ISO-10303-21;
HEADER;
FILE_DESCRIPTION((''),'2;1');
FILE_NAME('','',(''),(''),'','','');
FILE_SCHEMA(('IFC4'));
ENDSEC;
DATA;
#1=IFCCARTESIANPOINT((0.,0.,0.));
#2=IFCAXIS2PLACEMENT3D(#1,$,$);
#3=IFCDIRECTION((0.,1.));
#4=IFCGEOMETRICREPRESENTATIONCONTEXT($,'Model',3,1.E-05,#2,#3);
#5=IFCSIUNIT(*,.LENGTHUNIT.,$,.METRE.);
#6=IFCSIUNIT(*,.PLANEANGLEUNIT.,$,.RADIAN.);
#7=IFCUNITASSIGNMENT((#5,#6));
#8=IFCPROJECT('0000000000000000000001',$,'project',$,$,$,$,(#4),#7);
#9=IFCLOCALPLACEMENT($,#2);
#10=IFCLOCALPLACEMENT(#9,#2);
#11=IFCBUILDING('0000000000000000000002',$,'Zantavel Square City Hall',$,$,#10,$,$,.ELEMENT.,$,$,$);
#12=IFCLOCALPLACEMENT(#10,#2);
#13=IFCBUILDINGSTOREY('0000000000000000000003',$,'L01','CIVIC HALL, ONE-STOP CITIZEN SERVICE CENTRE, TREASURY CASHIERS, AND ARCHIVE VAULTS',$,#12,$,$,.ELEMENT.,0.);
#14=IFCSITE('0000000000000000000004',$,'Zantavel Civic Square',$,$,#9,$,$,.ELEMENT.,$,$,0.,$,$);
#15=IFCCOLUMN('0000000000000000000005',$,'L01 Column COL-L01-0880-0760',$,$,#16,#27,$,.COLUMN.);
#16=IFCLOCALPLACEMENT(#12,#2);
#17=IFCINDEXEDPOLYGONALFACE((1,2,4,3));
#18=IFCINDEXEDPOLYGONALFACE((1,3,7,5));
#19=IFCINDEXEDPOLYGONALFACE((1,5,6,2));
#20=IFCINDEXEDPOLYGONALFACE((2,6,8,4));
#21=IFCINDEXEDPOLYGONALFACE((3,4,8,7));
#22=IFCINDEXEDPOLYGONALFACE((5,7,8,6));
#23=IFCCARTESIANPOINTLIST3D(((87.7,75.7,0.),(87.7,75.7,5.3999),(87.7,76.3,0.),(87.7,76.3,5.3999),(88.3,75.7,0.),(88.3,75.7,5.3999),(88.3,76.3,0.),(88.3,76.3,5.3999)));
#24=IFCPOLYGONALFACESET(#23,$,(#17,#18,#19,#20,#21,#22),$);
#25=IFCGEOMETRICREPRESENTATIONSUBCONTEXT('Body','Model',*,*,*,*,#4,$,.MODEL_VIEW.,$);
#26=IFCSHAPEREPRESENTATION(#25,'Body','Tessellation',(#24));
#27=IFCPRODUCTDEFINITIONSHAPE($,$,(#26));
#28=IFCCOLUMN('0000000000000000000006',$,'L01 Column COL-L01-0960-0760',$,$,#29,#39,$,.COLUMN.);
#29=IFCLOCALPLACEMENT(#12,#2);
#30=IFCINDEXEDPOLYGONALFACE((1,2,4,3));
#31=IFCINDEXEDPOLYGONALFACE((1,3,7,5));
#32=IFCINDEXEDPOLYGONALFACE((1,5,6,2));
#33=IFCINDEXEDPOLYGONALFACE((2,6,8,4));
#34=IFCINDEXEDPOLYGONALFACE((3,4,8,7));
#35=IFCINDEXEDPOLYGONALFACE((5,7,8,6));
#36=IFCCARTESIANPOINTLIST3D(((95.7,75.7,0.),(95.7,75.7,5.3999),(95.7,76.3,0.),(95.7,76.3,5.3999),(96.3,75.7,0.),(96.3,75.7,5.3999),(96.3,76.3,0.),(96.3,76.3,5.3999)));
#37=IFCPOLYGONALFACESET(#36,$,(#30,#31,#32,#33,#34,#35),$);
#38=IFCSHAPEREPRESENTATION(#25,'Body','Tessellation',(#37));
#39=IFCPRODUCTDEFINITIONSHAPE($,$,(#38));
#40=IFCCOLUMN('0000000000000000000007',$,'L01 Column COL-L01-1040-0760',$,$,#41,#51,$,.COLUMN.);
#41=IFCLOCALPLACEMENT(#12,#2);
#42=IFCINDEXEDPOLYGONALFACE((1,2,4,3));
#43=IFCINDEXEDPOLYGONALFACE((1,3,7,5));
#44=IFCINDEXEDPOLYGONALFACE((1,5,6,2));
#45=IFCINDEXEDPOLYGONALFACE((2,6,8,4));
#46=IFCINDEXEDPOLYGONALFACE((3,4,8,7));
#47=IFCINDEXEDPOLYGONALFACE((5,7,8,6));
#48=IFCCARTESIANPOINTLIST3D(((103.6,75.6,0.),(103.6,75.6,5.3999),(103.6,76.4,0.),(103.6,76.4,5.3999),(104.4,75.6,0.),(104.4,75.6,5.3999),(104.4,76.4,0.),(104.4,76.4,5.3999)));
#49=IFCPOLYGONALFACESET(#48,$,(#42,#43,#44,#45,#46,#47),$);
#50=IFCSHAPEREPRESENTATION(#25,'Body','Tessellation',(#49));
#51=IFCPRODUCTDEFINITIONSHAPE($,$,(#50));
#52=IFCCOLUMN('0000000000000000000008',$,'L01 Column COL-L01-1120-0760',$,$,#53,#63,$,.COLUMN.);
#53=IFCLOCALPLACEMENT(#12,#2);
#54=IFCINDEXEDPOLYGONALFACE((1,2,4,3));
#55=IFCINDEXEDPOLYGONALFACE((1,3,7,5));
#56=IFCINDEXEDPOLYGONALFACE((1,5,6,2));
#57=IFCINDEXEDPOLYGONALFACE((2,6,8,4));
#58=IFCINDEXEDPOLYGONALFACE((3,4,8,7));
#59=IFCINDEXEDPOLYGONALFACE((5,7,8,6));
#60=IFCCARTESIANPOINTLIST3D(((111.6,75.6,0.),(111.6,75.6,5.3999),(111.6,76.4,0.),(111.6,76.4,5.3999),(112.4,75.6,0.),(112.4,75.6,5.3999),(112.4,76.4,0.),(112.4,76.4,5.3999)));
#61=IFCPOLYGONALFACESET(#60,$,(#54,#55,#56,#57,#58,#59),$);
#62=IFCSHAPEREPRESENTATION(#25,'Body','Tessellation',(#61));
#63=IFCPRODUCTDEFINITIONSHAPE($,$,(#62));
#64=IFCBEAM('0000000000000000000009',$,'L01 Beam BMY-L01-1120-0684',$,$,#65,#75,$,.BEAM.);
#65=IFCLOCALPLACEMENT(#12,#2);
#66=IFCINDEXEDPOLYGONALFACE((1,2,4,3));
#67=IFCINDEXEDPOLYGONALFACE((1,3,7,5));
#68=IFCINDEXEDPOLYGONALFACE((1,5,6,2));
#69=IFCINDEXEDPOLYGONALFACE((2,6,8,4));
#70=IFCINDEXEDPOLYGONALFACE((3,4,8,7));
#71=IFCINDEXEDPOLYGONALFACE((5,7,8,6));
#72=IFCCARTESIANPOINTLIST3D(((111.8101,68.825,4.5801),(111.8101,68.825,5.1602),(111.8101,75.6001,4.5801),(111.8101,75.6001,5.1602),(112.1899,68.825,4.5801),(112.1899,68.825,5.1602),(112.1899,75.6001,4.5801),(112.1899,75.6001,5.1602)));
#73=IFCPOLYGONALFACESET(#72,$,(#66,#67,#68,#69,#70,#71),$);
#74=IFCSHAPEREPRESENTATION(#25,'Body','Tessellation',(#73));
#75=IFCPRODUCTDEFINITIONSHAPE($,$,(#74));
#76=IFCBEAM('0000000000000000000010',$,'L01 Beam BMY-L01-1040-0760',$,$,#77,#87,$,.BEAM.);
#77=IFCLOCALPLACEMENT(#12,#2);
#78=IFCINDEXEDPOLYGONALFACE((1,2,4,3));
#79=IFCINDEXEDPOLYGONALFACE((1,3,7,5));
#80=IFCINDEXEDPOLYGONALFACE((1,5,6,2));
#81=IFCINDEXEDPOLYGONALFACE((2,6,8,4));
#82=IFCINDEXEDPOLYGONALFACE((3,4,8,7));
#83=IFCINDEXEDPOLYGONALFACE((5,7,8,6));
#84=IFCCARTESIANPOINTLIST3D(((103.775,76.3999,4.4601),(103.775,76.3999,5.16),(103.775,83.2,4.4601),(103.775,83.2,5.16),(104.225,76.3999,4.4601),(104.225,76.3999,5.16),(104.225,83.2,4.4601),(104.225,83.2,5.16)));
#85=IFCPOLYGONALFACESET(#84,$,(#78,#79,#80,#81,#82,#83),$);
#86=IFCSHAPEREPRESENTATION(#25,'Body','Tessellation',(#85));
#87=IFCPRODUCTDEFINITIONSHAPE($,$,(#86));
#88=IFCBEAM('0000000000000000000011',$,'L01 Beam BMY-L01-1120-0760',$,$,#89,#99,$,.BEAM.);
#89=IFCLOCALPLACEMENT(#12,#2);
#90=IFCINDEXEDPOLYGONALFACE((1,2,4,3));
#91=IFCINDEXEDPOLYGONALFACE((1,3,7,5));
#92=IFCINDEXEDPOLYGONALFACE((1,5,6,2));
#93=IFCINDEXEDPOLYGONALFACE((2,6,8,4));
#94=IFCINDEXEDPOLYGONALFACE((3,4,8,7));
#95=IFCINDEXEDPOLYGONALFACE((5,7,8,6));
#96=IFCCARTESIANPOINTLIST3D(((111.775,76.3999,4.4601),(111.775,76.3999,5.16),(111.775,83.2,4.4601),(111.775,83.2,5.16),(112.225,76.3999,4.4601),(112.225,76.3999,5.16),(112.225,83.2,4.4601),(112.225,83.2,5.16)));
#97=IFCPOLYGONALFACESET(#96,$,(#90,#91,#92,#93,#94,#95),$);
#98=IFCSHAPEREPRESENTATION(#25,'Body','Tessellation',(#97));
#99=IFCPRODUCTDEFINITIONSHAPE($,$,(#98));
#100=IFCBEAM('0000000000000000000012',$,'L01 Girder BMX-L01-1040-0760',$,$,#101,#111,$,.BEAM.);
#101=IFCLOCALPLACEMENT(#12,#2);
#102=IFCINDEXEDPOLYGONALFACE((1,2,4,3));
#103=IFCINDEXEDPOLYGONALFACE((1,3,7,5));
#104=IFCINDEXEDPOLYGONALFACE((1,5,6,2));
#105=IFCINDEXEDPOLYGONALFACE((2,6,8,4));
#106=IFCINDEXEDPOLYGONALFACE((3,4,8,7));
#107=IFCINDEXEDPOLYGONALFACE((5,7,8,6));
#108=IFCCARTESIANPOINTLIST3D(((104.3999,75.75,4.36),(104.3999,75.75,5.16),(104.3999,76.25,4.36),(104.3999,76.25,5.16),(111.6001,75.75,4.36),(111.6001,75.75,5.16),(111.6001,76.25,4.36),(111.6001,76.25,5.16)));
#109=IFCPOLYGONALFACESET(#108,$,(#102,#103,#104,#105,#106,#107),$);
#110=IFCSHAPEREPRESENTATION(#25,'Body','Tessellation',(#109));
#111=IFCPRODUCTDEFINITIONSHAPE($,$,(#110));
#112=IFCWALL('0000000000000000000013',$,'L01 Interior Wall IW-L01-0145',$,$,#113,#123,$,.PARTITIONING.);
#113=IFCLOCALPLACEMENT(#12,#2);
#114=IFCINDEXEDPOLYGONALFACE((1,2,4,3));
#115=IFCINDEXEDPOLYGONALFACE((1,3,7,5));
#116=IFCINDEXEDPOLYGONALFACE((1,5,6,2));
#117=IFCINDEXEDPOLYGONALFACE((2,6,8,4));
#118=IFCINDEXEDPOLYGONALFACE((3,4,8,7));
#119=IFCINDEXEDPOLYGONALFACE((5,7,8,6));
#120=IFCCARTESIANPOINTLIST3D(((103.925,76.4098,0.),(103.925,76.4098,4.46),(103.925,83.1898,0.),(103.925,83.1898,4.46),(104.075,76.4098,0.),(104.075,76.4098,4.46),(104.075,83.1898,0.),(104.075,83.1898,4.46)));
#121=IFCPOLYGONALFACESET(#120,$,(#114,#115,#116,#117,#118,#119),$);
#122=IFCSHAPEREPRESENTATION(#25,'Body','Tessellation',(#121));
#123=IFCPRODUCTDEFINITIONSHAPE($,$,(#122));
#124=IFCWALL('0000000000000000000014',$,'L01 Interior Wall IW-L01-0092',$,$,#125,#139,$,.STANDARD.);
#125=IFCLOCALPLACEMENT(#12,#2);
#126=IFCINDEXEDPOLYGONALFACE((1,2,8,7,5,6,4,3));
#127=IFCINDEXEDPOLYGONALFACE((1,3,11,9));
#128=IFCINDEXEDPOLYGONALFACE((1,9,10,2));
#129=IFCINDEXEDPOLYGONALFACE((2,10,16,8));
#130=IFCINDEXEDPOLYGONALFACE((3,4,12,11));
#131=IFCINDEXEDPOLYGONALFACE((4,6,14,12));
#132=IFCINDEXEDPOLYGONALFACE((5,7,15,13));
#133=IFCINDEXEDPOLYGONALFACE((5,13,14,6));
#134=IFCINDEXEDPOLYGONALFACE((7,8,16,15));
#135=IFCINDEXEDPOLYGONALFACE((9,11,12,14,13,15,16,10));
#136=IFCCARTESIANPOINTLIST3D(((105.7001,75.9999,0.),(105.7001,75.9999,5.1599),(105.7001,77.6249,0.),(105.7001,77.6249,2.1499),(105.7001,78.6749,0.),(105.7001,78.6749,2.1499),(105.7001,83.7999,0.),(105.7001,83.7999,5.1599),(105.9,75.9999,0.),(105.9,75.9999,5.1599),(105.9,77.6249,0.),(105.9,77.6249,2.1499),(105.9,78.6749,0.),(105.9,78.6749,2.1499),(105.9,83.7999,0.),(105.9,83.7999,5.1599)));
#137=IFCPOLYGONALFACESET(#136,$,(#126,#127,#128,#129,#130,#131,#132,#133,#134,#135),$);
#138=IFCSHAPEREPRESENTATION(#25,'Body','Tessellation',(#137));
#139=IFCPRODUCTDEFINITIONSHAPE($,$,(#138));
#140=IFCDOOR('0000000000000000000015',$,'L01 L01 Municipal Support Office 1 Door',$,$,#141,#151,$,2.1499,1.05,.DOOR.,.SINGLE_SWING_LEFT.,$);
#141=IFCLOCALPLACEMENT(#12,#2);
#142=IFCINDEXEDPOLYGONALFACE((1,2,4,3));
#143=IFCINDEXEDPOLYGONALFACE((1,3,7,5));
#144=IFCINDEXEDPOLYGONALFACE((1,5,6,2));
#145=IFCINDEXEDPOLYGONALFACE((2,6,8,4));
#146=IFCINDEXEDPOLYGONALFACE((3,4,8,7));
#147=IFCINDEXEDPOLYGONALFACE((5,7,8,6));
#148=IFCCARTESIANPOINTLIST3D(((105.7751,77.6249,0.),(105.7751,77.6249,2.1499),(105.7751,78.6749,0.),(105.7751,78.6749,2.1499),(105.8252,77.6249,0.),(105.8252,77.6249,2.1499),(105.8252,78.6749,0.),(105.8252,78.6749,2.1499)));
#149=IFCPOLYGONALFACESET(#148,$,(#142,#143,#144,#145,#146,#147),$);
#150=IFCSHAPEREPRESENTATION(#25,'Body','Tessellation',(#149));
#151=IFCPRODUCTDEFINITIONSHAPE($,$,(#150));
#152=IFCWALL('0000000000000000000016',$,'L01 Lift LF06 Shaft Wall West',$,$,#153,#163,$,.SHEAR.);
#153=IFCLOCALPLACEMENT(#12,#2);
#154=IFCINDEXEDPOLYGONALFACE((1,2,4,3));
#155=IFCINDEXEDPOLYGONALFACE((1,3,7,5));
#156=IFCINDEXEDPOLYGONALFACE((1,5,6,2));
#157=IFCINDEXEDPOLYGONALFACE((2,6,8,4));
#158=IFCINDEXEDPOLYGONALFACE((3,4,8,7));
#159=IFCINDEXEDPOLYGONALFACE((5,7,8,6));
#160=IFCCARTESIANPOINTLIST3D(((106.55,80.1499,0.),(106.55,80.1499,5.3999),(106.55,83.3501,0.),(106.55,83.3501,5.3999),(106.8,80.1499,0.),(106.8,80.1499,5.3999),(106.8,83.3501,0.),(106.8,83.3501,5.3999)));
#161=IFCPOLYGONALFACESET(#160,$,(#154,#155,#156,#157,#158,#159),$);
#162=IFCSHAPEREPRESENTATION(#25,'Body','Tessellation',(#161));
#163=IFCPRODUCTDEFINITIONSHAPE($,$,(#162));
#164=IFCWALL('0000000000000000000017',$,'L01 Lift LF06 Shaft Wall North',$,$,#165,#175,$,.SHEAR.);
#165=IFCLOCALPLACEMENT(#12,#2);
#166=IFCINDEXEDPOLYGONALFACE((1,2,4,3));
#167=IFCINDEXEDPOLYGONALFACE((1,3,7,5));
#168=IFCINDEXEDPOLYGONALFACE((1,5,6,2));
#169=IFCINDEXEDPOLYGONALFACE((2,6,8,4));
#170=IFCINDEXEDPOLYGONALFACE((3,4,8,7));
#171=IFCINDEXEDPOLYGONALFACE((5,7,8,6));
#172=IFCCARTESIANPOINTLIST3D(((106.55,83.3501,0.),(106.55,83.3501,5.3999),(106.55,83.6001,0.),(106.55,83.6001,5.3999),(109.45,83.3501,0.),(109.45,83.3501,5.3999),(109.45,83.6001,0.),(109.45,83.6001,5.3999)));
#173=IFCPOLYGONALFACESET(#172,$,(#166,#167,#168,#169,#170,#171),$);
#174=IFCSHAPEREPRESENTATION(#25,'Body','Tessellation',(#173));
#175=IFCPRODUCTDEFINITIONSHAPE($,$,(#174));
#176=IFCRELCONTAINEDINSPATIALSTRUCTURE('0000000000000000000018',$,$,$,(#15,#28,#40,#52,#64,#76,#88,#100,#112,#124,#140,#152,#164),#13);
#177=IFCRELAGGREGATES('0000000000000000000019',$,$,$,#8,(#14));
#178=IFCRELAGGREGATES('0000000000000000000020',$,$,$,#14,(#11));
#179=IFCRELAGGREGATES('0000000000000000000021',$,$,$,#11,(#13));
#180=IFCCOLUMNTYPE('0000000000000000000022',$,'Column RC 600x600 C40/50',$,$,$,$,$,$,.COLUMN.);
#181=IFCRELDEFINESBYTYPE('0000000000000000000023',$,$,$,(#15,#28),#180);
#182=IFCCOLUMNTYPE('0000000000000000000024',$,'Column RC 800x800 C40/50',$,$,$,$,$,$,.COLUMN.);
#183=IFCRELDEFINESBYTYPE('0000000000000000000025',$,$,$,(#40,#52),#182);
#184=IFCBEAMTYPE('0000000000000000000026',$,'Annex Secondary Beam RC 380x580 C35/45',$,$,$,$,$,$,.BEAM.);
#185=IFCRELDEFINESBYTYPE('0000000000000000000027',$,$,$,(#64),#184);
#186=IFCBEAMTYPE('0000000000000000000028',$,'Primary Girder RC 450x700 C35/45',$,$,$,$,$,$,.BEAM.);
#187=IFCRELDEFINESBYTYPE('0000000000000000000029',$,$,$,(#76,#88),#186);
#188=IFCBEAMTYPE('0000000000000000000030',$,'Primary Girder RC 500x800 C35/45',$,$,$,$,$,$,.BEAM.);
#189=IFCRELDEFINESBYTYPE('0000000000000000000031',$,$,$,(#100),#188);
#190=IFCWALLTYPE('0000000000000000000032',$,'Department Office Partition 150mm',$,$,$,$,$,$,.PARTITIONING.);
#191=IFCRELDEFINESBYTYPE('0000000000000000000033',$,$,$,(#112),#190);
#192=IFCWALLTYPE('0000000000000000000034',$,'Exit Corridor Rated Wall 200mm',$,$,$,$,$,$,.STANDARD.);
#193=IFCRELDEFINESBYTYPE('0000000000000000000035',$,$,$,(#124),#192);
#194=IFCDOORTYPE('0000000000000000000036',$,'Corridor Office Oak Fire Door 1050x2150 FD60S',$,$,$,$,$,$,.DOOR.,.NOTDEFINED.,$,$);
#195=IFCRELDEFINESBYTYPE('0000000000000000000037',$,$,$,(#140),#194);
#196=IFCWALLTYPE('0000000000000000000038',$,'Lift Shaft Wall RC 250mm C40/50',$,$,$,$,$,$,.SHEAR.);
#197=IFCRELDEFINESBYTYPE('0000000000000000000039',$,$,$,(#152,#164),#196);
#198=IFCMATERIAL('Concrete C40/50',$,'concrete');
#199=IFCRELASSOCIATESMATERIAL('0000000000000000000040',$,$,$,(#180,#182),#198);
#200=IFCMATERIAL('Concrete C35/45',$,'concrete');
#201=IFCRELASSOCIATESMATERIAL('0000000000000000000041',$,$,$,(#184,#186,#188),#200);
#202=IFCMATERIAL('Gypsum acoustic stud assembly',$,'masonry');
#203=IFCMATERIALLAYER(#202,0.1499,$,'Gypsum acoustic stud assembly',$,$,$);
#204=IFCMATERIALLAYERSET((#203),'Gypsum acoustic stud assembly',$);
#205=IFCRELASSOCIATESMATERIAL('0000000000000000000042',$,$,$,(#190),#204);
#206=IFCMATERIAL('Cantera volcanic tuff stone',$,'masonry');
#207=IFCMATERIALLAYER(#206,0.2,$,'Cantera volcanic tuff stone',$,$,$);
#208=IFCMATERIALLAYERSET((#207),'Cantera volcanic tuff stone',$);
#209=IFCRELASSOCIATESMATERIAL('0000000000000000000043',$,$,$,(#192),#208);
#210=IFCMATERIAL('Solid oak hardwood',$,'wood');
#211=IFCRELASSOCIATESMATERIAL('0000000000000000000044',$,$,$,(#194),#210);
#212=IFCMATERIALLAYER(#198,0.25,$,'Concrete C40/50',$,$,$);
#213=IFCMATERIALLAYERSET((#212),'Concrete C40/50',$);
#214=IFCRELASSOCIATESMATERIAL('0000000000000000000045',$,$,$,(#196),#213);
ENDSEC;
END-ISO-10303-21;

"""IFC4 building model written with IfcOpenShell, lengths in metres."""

from ifc_helpers import new_model, si_unit, direction, frame, frame_2d, origin, origin_2d, place, context, subcontext, project, spatial, rectangle, extrude, material, layer, layer_set, material_profile, profile_set, type_object, element, fill, save


model = new_model("IFC4")

# Units and contexts
model_context = context("Model", 3, precision=1e-05, world=origin(), true_north=direction((0.0, 1.0)))
body_context = subcontext(model_context, "Body", "Model", "MODEL_VIEW")
ifc_project = project(units=[si_unit("LENGTHUNIT", "METRE"), si_unit("PLANEANGLEUNIT", "RADIAN")], contexts=[model_context])

# Site, building, storey
site_placement = place(None, origin())
site = spatial("IfcSite", under=ifc_project, at=site_placement, Name="Zantavel Civic Square", CompositionType="ELEMENT", RefElevation=0.0)
building_placement = place(site_placement, origin())
building = spatial("IfcBuilding", under=site, at=building_placement, Name="Zantavel Square City Hall", CompositionType="ELEMENT")
storey_placement = place(building_placement, origin())
storey = spatial("IfcBuildingStorey", under=building, at=storey_placement, Name="L01", Description="CIVIC HALL, ONE-STOP CITIZEN SERVICE CENTRE, TREASURY CASHIERS, AND ARCHIVE VAULTS", CompositionType="ELEMENT", Elevation=0.0)

# Columns
ifc_material_1 = material(Name="Concrete C40/50", Category="concrete")
ifc_material_profile_1 = material_profile(ifc_material_1, rectangle(XDim=0.6001, YDim=0.6001, at=origin_2d()), Name="RC 600x600")
ifc_profile_set_1 = profile_set([ifc_material_profile_1], Name="Concrete C40/50")
column_type_1 = type_object("IfcColumnType", Name="Column RC 600x600 C40/50", PredefinedType="COLUMN", material=ifc_profile_set_1)
for number, where, z_axis, x_axis, name in (
    (1, (88.0, 76.0, 0.0), (0.0, 0.0, 1.0), (1.0, 0.0, 0.0), "L01 Column COL-L01-0880-0760"),
    (2, (96.0, 76.0, 0.0), (0.0, 0.0, 1.0), (1.0, 0.0, 0.0), "L01 Column COL-L01-0960-0760"),
):
    element("IfcColumn", number, at=place(storey_placement, frame(where, z_axis=z_axis, x_axis=x_axis)), inside=storey, type_object=column_type_1, Name=name, PredefinedType="COLUMN", context=body_context, shape_type="SweptSolid", body=[
        extrude(rectangle(XDim=0.6001, YDim=0.6001, at=origin_2d()), origin(), (0.0, 0.0, 1.0), 5.3999),
    ])
ifc_material_profile_2 = material_profile(ifc_material_1, rectangle(XDim=0.8, YDim=0.8, at=origin_2d()), Name="RC 800x800")
ifc_profile_set_2 = profile_set([ifc_material_profile_2], Name="Concrete C40/50")
column_type_2 = type_object("IfcColumnType", Name="Column RC 800x800 C40/50", PredefinedType="COLUMN", material=ifc_profile_set_2)
for number, where, z_axis, x_axis, name in (
    (3, (104.0, 76.0, 0.0), (0.0, 0.0, 1.0), (1.0, 0.0, 0.0), "L01 Column COL-L01-1040-0760"),
    (4, (112.0, 76.0, 0.0), (0.0, 0.0, 1.0), (1.0, 0.0, 0.0), "L01 Column COL-L01-1120-0760"),
):
    element("IfcColumn", number, at=place(storey_placement, frame(where, z_axis=z_axis, x_axis=x_axis)), inside=storey, type_object=column_type_2, Name=name, PredefinedType="COLUMN", context=body_context, shape_type="SweptSolid", body=[
        extrude(rectangle(XDim=0.8, YDim=0.8, at=origin_2d()), origin(), (0.0, 0.0, 1.0), 5.3999),
    ])

# Beams
ifc_material_2 = material(Name="Concrete C35/45", Category="concrete")
ifc_material_profile_3 = material_profile(ifc_material_2, rectangle(XDim=0.3799, YDim=0.5801, at=origin_2d()), Name="RC 380x580")
ifc_profile_set_3 = profile_set([ifc_material_profile_3], Name="Concrete C35/45")
beam_type_1 = type_object("IfcBeamType", Name="Annex Secondary Beam RC 380x580 C35/45", PredefinedType="BEAM", material=ifc_profile_set_3)
beam_1_placement = place(storey_placement, frame((112.0, 68.825, 4.8701), z_axis=(0.0, 1.0, 0.0), x_axis=(-1.0, 0.0, 0.0)))
element("IfcBeam", 5, at=beam_1_placement, inside=storey, type_object=beam_type_1, Name="L01 Beam BMY-L01-1120-0684", PredefinedType="BEAM", context=body_context, shape_type="SweptSolid", body=[
    extrude(rectangle(XDim=0.3799, YDim=0.5801, at=origin_2d()), origin(), (0.0, 0.0, 1.0), 6.7751),
])
ifc_material_profile_4 = material_profile(ifc_material_2, rectangle(XDim=0.45, YDim=0.7, at=origin_2d()), Name="RC 450x700")
ifc_profile_set_4 = profile_set([ifc_material_profile_4], Name="Concrete C35/45")
beam_type_2 = type_object("IfcBeamType", Name="Primary Girder RC 450x700 C35/45", PredefinedType="BEAM", material=ifc_profile_set_4)
for number, where, z_axis, x_axis, name in (
    (6, (104.0, 76.3999, 4.8101), (0.0, 1.0, 0.0), (-1.0, 0.0, 0.0), "L01 Beam BMY-L01-1040-0760"),
    (7, (112.0, 76.3999, 4.8101), (0.0, 1.0, 0.0), (-1.0, 0.0, 0.0), "L01 Beam BMY-L01-1120-0760"),
):
    element("IfcBeam", number, at=place(storey_placement, frame(where, z_axis=z_axis, x_axis=x_axis)), inside=storey, type_object=beam_type_2, Name=name, PredefinedType="BEAM", context=body_context, shape_type="SweptSolid", body=[
        extrude(rectangle(XDim=0.45, YDim=0.7, at=origin_2d()), origin(), (0.0, 0.0, 1.0), 6.8),
    ])
ifc_material_profile_5 = material_profile(ifc_material_2, rectangle(XDim=0.5, YDim=0.8, at=origin_2d()), Name="RC 500x800")
ifc_profile_set_5 = profile_set([ifc_material_profile_5], Name="Concrete C35/45")
beam_type_3 = type_object("IfcBeamType", Name="Primary Girder RC 500x800 C35/45", PredefinedType="BEAM", material=ifc_profile_set_5)
beam_2_placement = place(storey_placement, frame((104.3999, 76.0, 4.76), z_axis=(1.0, 0.0, 0.0), x_axis=(0.0, 1.0, 0.0)))
element("IfcBeam", 8, at=beam_2_placement, inside=storey, type_object=beam_type_3, Name="L01 Girder BMX-L01-1040-0760", PredefinedType="BEAM", context=body_context, shape_type="SweptSolid", body=[
    extrude(rectangle(XDim=0.5, YDim=0.8, at=origin_2d()), origin(), (0.0, 0.0, 1.0), 7.2002),
])

# Wall
ifc_material_3 = material(Name="Gypsum acoustic stud assembly", Category="masonry")
ifc_layer_1 = layer(ifc_material_3, 0.1499, Name="Gypsum acoustic stud assembly")
ifc_layer_set_1 = layer_set([ifc_layer_1], Name="Gypsum acoustic stud assembly")
wall_type_1 = type_object("IfcWallType", Name="Department Office Partition 150mm", PredefinedType="PARTITIONING", material=ifc_layer_set_1)
wall_1_placement = place(storey_placement, frame((104.0, 83.1899, 0.0), z_axis=(0.0, 0.0, 1.0), x_axis=(0.0, -1.0, 0.0)))
element("IfcWall", 9, at=wall_1_placement, inside=storey, type_object=wall_type_1, Name="L01 Interior Wall IW-L01-0145", PredefinedType="PARTITIONING", context=body_context, shape_type="SweptSolid", body=[
    extrude(rectangle(XDim=6.78, YDim=0.1499, at=frame_2d((3.3901, 0.0))), origin(), (0.0, 0.0, 1.0), 4.46),
])

# Wall, opening, door
ifc_material_4 = material(Name="Cantera volcanic tuff stone", Category="masonry")
ifc_layer_2 = layer(ifc_material_4, 0.2, Name="Cantera volcanic tuff stone")
ifc_layer_set_2 = layer_set([ifc_layer_2], Name="Cantera volcanic tuff stone")
wall_type_2 = type_object("IfcWallType", Name="Exit Corridor Rated Wall 200mm", PredefinedType="STANDARD", material=ifc_layer_set_2)
wall_2_placement = place(storey_placement, frame((105.8, 76.0, 0.0), z_axis=(0.0, 0.0, 1.0), x_axis=(0.0, 1.0, 0.0)))
wall_2 = element("IfcWall", 10, at=wall_2_placement, inside=storey, type_object=wall_type_2, Name="L01 Interior Wall IW-L01-0092", PredefinedType="STANDARD", context=body_context, shape_type="SweptSolid", body=[
    extrude(rectangle(XDim=7.8, YDim=0.2, at=frame_2d((3.8999, 0.0))), origin(), (0.0, 0.0, 1.0), 5.1599),
])
opening_1_placement = place(wall_2_placement, frame((1.625, 0.0, 0.0)))
opening_1 = element("IfcOpeningElement", 11, at=opening_1_placement, cuts=wall_2, PredefinedType="OPENING", context=body_context, shape_type="SweptSolid", body=[
    extrude(rectangle(XDim=1.05, YDim=2.1499, at=frame_2d((0.5249, 1.075))), frame((0.0, 0.1099, 0.0), z_axis=(0.0, -1.0, 0.0), x_axis=(1.0, 0.0, 0.0)), (0.0, 0.0, 1.0), 0.22),
])
ifc_material_5 = material(Name="Solid oak hardwood", Category="wood")
door_type_1 = type_object("IfcDoorType", Name="Corridor Office Oak Fire Door 1050x2150 FD60S", OperationType="NOTDEFINED", PredefinedType="DOOR", material=ifc_material_5)
door_1_placement = place(opening_1_placement, origin())
door_1 = element("IfcDoor", 12, at=door_1_placement, inside=storey, type_object=door_type_1, Name="L01 L01 Municipal Support Office 1 Door", OperationType="SINGLE_SWING_LEFT", OverallHeight=2.1499, OverallWidth=1.05, PredefinedType="DOOR", context=body_context, shape_type="SweptSolid", body=[
    extrude(rectangle(XDim=1.05, YDim=2.1499, at=frame_2d((0.5249, 1.075))), frame((0.0, 0.0249, 0.0), z_axis=(0.0, -1.0, 0.0), x_axis=(1.0, 0.0, 0.0)), (0.0, 0.0, 1.0), 0.05),
])
fill(opening_1, door_1)
ifc_layer_3 = layer(ifc_material_1, 0.25, Name="Concrete C40/50")
ifc_layer_set_3 = layer_set([ifc_layer_3], Name="Concrete C40/50")
wall_type_3 = type_object("IfcWallType", Name="Lift Shaft Wall RC 250mm C40/50", PredefinedType="SHEAR", material=ifc_layer_set_3)

# Walls
wall_3_placement = place(storey_placement, frame((106.675, 80.1499, 0.0), z_axis=(0.0, 0.0, 1.0), x_axis=(0.0, 1.0, 0.0)))
element("IfcWall", 13, at=wall_3_placement, inside=storey, type_object=wall_type_3, Name="L01 Lift LF06 Shaft Wall West", PredefinedType="SHEAR", context=body_context, shape_type="SweptSolid", body=[
    extrude(rectangle(XDim=3.2002, YDim=0.25, at=frame_2d((1.6001, 0.0))), origin(), (0.0, 0.0, 1.0), 5.3999),
])
wall_4_placement = place(storey_placement, frame((106.55, 83.4751, 0.0), z_axis=(0.0, 0.0, 1.0), x_axis=(1.0, 0.0, 0.0)))
element("IfcWall", 14, at=wall_4_placement, inside=storey, type_object=wall_type_3, Name="L01 Lift LF06 Shaft Wall North", PredefinedType="SHEAR", context=body_context, shape_type="SweptSolid", body=[
    extrude(rectangle(XDim=2.8999, YDim=0.25, at=frame_2d((1.45, 0.0))), origin(), (0.0, 0.0, 1.0), 5.3999),
])

save(model, "model.ifc")
